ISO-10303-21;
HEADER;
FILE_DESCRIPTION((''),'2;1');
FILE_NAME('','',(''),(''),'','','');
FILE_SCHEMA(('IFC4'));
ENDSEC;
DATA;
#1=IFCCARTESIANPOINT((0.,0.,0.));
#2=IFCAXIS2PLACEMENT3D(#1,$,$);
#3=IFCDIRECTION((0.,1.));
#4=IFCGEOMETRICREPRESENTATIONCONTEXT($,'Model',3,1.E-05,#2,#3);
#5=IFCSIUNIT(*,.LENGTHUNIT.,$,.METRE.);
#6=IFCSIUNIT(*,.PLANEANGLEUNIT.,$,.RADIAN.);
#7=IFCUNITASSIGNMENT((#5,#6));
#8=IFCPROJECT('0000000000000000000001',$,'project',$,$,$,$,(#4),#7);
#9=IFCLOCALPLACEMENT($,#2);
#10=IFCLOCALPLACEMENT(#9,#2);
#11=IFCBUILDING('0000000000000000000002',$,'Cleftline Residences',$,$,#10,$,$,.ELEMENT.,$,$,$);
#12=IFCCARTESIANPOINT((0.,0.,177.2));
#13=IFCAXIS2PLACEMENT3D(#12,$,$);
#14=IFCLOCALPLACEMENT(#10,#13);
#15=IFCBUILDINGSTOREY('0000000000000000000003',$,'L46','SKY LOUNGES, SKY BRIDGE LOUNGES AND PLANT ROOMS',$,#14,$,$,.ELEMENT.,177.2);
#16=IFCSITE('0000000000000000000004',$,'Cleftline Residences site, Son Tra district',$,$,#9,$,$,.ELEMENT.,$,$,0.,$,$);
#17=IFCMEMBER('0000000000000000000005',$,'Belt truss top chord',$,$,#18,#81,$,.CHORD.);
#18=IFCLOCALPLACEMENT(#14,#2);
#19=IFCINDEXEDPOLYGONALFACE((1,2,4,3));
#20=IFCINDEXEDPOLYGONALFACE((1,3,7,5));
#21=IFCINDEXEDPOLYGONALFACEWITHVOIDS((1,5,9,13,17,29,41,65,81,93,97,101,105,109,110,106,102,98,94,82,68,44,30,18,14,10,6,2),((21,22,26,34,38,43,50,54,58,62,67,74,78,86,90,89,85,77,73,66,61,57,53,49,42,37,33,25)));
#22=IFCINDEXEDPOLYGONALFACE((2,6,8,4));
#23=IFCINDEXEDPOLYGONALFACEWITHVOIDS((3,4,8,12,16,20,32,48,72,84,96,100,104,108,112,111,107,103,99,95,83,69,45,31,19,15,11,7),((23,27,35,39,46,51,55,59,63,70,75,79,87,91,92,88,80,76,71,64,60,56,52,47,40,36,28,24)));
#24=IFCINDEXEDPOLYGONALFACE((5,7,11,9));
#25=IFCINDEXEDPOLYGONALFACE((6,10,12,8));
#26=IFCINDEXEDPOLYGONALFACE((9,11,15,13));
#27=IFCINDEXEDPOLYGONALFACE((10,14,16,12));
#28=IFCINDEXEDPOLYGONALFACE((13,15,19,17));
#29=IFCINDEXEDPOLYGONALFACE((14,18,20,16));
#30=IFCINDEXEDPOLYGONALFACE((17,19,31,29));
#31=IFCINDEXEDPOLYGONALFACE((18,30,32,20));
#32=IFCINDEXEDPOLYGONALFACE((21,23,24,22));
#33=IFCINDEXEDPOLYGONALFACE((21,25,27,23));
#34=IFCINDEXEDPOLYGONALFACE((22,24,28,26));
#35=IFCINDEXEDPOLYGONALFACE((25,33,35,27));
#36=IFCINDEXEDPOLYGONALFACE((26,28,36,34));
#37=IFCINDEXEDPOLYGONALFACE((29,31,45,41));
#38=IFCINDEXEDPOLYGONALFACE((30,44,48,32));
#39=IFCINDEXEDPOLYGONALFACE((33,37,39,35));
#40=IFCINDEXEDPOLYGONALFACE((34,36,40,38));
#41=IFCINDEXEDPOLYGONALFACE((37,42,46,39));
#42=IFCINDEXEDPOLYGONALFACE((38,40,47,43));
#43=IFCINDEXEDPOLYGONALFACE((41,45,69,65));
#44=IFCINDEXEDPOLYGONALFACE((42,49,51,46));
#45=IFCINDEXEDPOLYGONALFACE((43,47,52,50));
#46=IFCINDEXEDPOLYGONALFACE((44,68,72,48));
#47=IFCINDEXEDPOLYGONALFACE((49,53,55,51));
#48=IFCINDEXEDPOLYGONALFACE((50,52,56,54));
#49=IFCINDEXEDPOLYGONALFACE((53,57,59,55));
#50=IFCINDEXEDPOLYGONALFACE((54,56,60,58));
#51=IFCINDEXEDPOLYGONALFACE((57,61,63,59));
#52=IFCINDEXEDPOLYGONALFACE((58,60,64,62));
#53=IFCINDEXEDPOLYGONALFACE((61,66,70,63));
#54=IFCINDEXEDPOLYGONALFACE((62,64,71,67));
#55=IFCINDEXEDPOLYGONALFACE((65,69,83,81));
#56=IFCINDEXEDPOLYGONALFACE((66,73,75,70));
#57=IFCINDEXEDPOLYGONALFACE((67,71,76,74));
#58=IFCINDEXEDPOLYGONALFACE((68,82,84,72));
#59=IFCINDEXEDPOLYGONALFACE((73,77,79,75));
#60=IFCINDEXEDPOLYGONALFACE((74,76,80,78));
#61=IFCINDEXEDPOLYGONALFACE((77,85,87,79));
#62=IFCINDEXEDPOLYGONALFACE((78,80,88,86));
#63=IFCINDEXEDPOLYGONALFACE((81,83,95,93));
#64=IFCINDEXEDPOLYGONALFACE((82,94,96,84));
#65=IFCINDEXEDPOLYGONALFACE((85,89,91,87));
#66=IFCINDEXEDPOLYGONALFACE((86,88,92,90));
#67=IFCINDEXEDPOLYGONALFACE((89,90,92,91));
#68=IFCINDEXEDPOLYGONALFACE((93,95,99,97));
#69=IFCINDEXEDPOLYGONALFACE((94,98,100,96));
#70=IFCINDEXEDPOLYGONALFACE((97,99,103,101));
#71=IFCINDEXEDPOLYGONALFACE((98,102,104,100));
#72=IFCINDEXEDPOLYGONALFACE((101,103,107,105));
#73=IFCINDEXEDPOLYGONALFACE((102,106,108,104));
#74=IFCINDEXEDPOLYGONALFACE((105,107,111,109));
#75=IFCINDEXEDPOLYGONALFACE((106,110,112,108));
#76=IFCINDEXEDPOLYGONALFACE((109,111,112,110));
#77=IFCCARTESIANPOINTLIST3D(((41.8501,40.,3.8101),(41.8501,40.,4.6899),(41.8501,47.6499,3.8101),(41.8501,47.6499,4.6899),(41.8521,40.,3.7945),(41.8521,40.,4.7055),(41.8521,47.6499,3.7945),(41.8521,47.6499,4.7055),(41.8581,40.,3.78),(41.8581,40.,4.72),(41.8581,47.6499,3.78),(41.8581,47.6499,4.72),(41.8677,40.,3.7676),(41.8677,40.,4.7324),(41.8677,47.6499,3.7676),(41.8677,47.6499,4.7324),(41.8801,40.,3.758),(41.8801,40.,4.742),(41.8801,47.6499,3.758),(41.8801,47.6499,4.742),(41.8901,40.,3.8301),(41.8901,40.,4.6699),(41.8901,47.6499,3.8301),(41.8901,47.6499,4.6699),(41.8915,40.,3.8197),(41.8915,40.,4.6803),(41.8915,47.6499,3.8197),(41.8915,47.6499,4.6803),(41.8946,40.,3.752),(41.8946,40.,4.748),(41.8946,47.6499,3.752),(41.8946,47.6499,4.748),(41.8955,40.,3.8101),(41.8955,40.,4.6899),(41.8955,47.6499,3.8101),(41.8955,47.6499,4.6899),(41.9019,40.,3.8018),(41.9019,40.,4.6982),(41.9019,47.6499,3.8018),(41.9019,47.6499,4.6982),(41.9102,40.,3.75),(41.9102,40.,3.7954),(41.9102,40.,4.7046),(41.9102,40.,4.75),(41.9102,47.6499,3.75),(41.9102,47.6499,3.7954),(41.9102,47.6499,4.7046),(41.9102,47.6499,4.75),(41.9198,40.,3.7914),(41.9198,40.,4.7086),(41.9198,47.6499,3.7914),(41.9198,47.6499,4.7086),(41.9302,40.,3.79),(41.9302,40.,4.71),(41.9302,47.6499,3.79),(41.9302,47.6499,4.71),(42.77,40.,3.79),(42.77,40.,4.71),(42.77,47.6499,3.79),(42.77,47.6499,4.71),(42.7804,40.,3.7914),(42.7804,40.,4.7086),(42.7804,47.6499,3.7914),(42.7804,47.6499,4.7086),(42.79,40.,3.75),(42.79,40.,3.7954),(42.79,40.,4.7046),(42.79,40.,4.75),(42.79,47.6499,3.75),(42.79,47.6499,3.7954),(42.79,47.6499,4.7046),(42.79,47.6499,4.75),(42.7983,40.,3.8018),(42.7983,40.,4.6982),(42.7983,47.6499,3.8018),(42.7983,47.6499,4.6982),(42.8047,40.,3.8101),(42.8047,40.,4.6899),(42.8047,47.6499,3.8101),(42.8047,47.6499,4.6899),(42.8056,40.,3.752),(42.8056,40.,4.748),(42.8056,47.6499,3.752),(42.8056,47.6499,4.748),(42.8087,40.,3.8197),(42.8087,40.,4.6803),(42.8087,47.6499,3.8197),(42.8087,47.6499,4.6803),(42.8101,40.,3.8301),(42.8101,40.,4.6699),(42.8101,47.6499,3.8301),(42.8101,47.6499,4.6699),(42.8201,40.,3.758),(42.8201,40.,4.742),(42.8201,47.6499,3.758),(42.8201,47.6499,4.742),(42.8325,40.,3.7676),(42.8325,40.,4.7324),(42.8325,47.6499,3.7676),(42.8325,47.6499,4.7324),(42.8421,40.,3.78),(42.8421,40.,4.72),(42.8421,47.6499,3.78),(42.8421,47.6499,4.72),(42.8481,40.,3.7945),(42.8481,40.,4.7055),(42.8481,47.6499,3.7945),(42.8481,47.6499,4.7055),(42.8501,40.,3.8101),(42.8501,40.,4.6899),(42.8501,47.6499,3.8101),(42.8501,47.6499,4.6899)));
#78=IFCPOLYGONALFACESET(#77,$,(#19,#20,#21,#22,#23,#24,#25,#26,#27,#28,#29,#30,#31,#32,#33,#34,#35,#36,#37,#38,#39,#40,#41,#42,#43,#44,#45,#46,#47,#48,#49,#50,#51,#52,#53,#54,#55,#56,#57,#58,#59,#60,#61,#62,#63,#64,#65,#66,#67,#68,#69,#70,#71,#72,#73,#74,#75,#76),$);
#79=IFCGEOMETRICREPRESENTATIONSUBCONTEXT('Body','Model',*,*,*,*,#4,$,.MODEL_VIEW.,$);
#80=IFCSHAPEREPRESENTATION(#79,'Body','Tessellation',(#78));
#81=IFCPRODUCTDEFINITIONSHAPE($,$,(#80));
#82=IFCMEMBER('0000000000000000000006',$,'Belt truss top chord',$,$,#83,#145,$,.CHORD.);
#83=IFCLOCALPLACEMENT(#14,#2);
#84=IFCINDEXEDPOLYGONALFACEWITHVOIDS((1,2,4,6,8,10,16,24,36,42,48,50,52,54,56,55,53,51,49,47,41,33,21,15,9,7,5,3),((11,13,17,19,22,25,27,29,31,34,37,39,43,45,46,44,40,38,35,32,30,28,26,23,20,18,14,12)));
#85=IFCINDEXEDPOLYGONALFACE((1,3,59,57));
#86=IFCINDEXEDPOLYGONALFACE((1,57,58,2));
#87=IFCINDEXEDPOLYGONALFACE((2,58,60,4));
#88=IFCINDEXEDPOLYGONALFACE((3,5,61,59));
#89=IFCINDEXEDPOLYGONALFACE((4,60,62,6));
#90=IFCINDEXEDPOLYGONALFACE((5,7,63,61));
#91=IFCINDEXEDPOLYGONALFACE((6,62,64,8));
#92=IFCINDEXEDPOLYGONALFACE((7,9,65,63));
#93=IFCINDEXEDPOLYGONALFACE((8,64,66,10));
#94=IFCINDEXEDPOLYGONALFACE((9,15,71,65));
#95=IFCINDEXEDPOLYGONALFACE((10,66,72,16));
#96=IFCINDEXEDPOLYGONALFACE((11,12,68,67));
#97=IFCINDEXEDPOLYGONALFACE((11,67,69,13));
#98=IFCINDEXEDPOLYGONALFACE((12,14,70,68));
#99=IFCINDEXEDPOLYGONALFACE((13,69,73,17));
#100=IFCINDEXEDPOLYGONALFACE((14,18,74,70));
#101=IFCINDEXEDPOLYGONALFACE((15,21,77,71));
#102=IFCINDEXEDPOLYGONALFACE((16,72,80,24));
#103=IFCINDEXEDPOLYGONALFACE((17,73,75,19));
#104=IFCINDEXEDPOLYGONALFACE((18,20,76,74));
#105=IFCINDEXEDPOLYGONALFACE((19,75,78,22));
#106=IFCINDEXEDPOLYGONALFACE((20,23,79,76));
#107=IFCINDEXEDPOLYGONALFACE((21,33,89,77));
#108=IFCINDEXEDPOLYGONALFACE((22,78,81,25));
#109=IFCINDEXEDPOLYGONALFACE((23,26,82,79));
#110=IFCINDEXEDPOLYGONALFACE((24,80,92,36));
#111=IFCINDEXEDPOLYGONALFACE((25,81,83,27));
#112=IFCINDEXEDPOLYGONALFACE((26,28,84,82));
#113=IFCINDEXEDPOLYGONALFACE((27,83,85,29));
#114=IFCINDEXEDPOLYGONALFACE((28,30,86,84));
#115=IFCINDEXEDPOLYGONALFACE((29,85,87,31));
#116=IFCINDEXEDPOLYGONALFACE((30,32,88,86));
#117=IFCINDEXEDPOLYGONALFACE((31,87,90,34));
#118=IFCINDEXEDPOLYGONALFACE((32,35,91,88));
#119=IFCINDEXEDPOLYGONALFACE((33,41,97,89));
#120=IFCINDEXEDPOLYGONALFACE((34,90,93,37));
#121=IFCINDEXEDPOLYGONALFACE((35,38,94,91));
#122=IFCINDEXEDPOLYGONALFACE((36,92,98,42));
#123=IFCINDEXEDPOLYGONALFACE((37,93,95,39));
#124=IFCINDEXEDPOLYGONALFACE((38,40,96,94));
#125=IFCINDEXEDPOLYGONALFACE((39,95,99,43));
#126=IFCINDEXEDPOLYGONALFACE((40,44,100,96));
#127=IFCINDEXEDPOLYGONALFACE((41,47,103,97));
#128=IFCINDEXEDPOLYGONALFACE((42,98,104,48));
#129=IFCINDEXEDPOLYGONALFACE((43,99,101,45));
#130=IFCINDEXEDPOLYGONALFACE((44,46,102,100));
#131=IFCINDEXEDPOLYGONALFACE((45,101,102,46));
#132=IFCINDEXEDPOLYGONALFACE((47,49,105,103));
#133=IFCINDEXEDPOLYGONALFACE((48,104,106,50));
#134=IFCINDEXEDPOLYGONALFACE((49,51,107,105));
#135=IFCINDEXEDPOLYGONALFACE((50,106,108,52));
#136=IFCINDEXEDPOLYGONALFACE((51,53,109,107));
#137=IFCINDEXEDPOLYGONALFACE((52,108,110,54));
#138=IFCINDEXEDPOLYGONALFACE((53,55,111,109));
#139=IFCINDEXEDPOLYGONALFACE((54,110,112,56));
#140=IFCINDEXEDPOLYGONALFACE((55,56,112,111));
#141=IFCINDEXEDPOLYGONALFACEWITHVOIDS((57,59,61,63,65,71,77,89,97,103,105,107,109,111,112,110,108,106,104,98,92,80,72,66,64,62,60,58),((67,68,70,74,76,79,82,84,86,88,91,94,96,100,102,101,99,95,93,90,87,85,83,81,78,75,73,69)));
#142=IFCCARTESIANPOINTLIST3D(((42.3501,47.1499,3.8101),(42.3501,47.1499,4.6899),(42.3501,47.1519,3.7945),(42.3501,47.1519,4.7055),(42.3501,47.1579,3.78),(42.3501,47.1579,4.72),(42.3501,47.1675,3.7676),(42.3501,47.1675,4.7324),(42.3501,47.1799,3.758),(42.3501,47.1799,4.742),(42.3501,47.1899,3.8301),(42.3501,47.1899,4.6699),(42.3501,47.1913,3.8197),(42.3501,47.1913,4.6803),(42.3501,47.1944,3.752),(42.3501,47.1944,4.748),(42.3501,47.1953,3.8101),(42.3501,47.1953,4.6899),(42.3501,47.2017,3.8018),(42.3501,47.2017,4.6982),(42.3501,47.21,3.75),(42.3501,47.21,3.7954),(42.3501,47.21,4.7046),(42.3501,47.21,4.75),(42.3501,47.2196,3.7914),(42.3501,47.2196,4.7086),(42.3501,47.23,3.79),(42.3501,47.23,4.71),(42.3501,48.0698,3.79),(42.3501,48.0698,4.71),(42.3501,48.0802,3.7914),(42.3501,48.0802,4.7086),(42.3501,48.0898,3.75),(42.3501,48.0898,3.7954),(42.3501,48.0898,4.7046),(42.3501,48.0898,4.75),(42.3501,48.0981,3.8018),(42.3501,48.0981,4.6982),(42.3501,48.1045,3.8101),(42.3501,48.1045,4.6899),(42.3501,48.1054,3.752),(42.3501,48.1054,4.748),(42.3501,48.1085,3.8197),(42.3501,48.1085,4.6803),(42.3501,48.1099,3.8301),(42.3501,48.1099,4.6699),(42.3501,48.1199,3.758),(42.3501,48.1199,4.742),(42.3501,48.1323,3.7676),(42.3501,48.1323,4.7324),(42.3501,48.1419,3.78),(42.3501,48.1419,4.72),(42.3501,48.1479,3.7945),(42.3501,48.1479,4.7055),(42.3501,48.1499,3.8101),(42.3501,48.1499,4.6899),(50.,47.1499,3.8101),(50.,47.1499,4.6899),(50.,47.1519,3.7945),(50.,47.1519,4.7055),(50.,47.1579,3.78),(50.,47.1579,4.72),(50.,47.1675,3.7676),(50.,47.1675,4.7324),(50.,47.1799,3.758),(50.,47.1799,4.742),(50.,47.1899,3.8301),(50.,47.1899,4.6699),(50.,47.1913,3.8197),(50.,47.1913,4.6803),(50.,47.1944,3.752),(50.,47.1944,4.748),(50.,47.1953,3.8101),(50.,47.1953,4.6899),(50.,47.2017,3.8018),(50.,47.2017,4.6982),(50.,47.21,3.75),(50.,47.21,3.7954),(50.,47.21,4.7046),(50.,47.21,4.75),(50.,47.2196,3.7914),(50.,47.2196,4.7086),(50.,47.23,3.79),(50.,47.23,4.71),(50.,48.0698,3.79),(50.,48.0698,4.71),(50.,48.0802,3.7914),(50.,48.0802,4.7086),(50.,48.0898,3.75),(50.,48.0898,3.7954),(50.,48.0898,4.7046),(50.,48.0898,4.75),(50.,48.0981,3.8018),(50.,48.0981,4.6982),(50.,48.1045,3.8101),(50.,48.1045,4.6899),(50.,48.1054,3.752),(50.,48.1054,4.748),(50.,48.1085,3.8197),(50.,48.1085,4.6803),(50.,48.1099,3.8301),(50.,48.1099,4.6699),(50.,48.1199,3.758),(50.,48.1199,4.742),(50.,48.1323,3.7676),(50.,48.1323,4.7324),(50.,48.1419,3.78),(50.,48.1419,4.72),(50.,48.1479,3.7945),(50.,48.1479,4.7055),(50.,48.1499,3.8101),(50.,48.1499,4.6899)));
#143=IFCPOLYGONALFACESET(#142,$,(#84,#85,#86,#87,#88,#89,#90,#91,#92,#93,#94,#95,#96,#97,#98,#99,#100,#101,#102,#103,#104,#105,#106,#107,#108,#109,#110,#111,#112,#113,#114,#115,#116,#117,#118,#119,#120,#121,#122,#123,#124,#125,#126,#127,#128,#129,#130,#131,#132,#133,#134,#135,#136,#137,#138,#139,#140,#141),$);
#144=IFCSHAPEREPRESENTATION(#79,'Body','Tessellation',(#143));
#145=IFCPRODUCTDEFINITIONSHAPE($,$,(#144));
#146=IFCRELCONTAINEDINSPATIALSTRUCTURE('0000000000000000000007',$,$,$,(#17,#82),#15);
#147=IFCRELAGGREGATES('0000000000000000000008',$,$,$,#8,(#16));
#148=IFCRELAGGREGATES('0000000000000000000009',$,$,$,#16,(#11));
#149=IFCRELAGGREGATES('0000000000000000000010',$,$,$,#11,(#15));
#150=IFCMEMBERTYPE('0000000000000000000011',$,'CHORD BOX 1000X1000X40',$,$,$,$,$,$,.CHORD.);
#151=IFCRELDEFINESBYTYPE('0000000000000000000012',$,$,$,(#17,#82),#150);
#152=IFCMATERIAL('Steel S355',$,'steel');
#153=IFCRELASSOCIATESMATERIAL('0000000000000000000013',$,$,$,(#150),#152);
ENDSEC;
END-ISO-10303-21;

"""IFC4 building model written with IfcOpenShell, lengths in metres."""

from ifc_helpers import new_model, si_unit, direction, frame, origin, origin_2d, place, context, subcontext, project, spatial, hollow_rectangle, extrude, material, material_profile, profile_set, type_object, element, save


model = new_model("IFC4")

# Units and contexts
model_context = context("Model", 3, precision=1e-05, world=origin(), true_north=direction((0.0, 1.0)))
body_context = subcontext(model_context, "Body", "Model", "MODEL_VIEW")
ifc_project = project(units=[si_unit("LENGTHUNIT", "METRE"), si_unit("PLANEANGLEUNIT", "RADIAN")], contexts=[model_context])

# Site, building, storey
site_placement = place(None, origin())
site = spatial("IfcSite", under=ifc_project, at=site_placement, Name="Cleftline Residences site, Son Tra district", CompositionType="ELEMENT", RefElevation=0.0)
building_placement = place(site_placement, origin())
building = spatial("IfcBuilding", under=site, at=building_placement, Name="Cleftline Residences", CompositionType="ELEMENT")
storey_placement = place(building_placement, frame((0.0, 0.0, 177.2)))
storey = spatial("IfcBuildingStorey", under=building, at=storey_placement, Name="L46", Description="SKY LOUNGES, SKY BRIDGE LOUNGES AND PLANT ROOMS", CompositionType="ELEMENT", Elevation=177.2)

# Members
ifc_material_1 = material(Name="Steel S355", Category="steel")
ifc_material_profile_1 = material_profile(ifc_material_1, hollow_rectangle(XDim=1.0, YDim=1.0, WallThickness=0.04, InnerFilletRadius=0.04, OuterFilletRadius=0.0601, at=origin_2d()))
ifc_profile_set_1 = profile_set([ifc_material_profile_1], Name="Steel S355")
member_type_1 = type_object("IfcMemberType", Name="CHORD BOX 1000X1000X40", PredefinedType="CHORD", material=ifc_profile_set_1)
for number, where, z_axis, x_axis, name in (
    (1, (42.3501, 40.0, 4.25), (0.0, 1.0, 0.0), (-1.0, 0.0, 0.0), "Belt truss top chord"),
    (2, (42.3501, 47.6499, 4.25), (1.0, 0.0, 0.0), (0.0, 1.0, 0.0), "Belt truss top chord"),
):
    element("IfcMember", number, at=place(storey_placement, frame(where, z_axis=z_axis, x_axis=x_axis)), inside=storey, type_object=member_type_1, Name=name, PredefinedType="CHORD", context=body_context, shape_type="SweptSolid", body=[
        extrude(hollow_rectangle(XDim=1.0, YDim=1.0, WallThickness=0.04, InnerFilletRadius=0.04, OuterFilletRadius=0.0601, at=origin_2d()), origin(), (0.0, 0.0, 1.0), 7.6499),
    ])

save(model, "model.ifc")
